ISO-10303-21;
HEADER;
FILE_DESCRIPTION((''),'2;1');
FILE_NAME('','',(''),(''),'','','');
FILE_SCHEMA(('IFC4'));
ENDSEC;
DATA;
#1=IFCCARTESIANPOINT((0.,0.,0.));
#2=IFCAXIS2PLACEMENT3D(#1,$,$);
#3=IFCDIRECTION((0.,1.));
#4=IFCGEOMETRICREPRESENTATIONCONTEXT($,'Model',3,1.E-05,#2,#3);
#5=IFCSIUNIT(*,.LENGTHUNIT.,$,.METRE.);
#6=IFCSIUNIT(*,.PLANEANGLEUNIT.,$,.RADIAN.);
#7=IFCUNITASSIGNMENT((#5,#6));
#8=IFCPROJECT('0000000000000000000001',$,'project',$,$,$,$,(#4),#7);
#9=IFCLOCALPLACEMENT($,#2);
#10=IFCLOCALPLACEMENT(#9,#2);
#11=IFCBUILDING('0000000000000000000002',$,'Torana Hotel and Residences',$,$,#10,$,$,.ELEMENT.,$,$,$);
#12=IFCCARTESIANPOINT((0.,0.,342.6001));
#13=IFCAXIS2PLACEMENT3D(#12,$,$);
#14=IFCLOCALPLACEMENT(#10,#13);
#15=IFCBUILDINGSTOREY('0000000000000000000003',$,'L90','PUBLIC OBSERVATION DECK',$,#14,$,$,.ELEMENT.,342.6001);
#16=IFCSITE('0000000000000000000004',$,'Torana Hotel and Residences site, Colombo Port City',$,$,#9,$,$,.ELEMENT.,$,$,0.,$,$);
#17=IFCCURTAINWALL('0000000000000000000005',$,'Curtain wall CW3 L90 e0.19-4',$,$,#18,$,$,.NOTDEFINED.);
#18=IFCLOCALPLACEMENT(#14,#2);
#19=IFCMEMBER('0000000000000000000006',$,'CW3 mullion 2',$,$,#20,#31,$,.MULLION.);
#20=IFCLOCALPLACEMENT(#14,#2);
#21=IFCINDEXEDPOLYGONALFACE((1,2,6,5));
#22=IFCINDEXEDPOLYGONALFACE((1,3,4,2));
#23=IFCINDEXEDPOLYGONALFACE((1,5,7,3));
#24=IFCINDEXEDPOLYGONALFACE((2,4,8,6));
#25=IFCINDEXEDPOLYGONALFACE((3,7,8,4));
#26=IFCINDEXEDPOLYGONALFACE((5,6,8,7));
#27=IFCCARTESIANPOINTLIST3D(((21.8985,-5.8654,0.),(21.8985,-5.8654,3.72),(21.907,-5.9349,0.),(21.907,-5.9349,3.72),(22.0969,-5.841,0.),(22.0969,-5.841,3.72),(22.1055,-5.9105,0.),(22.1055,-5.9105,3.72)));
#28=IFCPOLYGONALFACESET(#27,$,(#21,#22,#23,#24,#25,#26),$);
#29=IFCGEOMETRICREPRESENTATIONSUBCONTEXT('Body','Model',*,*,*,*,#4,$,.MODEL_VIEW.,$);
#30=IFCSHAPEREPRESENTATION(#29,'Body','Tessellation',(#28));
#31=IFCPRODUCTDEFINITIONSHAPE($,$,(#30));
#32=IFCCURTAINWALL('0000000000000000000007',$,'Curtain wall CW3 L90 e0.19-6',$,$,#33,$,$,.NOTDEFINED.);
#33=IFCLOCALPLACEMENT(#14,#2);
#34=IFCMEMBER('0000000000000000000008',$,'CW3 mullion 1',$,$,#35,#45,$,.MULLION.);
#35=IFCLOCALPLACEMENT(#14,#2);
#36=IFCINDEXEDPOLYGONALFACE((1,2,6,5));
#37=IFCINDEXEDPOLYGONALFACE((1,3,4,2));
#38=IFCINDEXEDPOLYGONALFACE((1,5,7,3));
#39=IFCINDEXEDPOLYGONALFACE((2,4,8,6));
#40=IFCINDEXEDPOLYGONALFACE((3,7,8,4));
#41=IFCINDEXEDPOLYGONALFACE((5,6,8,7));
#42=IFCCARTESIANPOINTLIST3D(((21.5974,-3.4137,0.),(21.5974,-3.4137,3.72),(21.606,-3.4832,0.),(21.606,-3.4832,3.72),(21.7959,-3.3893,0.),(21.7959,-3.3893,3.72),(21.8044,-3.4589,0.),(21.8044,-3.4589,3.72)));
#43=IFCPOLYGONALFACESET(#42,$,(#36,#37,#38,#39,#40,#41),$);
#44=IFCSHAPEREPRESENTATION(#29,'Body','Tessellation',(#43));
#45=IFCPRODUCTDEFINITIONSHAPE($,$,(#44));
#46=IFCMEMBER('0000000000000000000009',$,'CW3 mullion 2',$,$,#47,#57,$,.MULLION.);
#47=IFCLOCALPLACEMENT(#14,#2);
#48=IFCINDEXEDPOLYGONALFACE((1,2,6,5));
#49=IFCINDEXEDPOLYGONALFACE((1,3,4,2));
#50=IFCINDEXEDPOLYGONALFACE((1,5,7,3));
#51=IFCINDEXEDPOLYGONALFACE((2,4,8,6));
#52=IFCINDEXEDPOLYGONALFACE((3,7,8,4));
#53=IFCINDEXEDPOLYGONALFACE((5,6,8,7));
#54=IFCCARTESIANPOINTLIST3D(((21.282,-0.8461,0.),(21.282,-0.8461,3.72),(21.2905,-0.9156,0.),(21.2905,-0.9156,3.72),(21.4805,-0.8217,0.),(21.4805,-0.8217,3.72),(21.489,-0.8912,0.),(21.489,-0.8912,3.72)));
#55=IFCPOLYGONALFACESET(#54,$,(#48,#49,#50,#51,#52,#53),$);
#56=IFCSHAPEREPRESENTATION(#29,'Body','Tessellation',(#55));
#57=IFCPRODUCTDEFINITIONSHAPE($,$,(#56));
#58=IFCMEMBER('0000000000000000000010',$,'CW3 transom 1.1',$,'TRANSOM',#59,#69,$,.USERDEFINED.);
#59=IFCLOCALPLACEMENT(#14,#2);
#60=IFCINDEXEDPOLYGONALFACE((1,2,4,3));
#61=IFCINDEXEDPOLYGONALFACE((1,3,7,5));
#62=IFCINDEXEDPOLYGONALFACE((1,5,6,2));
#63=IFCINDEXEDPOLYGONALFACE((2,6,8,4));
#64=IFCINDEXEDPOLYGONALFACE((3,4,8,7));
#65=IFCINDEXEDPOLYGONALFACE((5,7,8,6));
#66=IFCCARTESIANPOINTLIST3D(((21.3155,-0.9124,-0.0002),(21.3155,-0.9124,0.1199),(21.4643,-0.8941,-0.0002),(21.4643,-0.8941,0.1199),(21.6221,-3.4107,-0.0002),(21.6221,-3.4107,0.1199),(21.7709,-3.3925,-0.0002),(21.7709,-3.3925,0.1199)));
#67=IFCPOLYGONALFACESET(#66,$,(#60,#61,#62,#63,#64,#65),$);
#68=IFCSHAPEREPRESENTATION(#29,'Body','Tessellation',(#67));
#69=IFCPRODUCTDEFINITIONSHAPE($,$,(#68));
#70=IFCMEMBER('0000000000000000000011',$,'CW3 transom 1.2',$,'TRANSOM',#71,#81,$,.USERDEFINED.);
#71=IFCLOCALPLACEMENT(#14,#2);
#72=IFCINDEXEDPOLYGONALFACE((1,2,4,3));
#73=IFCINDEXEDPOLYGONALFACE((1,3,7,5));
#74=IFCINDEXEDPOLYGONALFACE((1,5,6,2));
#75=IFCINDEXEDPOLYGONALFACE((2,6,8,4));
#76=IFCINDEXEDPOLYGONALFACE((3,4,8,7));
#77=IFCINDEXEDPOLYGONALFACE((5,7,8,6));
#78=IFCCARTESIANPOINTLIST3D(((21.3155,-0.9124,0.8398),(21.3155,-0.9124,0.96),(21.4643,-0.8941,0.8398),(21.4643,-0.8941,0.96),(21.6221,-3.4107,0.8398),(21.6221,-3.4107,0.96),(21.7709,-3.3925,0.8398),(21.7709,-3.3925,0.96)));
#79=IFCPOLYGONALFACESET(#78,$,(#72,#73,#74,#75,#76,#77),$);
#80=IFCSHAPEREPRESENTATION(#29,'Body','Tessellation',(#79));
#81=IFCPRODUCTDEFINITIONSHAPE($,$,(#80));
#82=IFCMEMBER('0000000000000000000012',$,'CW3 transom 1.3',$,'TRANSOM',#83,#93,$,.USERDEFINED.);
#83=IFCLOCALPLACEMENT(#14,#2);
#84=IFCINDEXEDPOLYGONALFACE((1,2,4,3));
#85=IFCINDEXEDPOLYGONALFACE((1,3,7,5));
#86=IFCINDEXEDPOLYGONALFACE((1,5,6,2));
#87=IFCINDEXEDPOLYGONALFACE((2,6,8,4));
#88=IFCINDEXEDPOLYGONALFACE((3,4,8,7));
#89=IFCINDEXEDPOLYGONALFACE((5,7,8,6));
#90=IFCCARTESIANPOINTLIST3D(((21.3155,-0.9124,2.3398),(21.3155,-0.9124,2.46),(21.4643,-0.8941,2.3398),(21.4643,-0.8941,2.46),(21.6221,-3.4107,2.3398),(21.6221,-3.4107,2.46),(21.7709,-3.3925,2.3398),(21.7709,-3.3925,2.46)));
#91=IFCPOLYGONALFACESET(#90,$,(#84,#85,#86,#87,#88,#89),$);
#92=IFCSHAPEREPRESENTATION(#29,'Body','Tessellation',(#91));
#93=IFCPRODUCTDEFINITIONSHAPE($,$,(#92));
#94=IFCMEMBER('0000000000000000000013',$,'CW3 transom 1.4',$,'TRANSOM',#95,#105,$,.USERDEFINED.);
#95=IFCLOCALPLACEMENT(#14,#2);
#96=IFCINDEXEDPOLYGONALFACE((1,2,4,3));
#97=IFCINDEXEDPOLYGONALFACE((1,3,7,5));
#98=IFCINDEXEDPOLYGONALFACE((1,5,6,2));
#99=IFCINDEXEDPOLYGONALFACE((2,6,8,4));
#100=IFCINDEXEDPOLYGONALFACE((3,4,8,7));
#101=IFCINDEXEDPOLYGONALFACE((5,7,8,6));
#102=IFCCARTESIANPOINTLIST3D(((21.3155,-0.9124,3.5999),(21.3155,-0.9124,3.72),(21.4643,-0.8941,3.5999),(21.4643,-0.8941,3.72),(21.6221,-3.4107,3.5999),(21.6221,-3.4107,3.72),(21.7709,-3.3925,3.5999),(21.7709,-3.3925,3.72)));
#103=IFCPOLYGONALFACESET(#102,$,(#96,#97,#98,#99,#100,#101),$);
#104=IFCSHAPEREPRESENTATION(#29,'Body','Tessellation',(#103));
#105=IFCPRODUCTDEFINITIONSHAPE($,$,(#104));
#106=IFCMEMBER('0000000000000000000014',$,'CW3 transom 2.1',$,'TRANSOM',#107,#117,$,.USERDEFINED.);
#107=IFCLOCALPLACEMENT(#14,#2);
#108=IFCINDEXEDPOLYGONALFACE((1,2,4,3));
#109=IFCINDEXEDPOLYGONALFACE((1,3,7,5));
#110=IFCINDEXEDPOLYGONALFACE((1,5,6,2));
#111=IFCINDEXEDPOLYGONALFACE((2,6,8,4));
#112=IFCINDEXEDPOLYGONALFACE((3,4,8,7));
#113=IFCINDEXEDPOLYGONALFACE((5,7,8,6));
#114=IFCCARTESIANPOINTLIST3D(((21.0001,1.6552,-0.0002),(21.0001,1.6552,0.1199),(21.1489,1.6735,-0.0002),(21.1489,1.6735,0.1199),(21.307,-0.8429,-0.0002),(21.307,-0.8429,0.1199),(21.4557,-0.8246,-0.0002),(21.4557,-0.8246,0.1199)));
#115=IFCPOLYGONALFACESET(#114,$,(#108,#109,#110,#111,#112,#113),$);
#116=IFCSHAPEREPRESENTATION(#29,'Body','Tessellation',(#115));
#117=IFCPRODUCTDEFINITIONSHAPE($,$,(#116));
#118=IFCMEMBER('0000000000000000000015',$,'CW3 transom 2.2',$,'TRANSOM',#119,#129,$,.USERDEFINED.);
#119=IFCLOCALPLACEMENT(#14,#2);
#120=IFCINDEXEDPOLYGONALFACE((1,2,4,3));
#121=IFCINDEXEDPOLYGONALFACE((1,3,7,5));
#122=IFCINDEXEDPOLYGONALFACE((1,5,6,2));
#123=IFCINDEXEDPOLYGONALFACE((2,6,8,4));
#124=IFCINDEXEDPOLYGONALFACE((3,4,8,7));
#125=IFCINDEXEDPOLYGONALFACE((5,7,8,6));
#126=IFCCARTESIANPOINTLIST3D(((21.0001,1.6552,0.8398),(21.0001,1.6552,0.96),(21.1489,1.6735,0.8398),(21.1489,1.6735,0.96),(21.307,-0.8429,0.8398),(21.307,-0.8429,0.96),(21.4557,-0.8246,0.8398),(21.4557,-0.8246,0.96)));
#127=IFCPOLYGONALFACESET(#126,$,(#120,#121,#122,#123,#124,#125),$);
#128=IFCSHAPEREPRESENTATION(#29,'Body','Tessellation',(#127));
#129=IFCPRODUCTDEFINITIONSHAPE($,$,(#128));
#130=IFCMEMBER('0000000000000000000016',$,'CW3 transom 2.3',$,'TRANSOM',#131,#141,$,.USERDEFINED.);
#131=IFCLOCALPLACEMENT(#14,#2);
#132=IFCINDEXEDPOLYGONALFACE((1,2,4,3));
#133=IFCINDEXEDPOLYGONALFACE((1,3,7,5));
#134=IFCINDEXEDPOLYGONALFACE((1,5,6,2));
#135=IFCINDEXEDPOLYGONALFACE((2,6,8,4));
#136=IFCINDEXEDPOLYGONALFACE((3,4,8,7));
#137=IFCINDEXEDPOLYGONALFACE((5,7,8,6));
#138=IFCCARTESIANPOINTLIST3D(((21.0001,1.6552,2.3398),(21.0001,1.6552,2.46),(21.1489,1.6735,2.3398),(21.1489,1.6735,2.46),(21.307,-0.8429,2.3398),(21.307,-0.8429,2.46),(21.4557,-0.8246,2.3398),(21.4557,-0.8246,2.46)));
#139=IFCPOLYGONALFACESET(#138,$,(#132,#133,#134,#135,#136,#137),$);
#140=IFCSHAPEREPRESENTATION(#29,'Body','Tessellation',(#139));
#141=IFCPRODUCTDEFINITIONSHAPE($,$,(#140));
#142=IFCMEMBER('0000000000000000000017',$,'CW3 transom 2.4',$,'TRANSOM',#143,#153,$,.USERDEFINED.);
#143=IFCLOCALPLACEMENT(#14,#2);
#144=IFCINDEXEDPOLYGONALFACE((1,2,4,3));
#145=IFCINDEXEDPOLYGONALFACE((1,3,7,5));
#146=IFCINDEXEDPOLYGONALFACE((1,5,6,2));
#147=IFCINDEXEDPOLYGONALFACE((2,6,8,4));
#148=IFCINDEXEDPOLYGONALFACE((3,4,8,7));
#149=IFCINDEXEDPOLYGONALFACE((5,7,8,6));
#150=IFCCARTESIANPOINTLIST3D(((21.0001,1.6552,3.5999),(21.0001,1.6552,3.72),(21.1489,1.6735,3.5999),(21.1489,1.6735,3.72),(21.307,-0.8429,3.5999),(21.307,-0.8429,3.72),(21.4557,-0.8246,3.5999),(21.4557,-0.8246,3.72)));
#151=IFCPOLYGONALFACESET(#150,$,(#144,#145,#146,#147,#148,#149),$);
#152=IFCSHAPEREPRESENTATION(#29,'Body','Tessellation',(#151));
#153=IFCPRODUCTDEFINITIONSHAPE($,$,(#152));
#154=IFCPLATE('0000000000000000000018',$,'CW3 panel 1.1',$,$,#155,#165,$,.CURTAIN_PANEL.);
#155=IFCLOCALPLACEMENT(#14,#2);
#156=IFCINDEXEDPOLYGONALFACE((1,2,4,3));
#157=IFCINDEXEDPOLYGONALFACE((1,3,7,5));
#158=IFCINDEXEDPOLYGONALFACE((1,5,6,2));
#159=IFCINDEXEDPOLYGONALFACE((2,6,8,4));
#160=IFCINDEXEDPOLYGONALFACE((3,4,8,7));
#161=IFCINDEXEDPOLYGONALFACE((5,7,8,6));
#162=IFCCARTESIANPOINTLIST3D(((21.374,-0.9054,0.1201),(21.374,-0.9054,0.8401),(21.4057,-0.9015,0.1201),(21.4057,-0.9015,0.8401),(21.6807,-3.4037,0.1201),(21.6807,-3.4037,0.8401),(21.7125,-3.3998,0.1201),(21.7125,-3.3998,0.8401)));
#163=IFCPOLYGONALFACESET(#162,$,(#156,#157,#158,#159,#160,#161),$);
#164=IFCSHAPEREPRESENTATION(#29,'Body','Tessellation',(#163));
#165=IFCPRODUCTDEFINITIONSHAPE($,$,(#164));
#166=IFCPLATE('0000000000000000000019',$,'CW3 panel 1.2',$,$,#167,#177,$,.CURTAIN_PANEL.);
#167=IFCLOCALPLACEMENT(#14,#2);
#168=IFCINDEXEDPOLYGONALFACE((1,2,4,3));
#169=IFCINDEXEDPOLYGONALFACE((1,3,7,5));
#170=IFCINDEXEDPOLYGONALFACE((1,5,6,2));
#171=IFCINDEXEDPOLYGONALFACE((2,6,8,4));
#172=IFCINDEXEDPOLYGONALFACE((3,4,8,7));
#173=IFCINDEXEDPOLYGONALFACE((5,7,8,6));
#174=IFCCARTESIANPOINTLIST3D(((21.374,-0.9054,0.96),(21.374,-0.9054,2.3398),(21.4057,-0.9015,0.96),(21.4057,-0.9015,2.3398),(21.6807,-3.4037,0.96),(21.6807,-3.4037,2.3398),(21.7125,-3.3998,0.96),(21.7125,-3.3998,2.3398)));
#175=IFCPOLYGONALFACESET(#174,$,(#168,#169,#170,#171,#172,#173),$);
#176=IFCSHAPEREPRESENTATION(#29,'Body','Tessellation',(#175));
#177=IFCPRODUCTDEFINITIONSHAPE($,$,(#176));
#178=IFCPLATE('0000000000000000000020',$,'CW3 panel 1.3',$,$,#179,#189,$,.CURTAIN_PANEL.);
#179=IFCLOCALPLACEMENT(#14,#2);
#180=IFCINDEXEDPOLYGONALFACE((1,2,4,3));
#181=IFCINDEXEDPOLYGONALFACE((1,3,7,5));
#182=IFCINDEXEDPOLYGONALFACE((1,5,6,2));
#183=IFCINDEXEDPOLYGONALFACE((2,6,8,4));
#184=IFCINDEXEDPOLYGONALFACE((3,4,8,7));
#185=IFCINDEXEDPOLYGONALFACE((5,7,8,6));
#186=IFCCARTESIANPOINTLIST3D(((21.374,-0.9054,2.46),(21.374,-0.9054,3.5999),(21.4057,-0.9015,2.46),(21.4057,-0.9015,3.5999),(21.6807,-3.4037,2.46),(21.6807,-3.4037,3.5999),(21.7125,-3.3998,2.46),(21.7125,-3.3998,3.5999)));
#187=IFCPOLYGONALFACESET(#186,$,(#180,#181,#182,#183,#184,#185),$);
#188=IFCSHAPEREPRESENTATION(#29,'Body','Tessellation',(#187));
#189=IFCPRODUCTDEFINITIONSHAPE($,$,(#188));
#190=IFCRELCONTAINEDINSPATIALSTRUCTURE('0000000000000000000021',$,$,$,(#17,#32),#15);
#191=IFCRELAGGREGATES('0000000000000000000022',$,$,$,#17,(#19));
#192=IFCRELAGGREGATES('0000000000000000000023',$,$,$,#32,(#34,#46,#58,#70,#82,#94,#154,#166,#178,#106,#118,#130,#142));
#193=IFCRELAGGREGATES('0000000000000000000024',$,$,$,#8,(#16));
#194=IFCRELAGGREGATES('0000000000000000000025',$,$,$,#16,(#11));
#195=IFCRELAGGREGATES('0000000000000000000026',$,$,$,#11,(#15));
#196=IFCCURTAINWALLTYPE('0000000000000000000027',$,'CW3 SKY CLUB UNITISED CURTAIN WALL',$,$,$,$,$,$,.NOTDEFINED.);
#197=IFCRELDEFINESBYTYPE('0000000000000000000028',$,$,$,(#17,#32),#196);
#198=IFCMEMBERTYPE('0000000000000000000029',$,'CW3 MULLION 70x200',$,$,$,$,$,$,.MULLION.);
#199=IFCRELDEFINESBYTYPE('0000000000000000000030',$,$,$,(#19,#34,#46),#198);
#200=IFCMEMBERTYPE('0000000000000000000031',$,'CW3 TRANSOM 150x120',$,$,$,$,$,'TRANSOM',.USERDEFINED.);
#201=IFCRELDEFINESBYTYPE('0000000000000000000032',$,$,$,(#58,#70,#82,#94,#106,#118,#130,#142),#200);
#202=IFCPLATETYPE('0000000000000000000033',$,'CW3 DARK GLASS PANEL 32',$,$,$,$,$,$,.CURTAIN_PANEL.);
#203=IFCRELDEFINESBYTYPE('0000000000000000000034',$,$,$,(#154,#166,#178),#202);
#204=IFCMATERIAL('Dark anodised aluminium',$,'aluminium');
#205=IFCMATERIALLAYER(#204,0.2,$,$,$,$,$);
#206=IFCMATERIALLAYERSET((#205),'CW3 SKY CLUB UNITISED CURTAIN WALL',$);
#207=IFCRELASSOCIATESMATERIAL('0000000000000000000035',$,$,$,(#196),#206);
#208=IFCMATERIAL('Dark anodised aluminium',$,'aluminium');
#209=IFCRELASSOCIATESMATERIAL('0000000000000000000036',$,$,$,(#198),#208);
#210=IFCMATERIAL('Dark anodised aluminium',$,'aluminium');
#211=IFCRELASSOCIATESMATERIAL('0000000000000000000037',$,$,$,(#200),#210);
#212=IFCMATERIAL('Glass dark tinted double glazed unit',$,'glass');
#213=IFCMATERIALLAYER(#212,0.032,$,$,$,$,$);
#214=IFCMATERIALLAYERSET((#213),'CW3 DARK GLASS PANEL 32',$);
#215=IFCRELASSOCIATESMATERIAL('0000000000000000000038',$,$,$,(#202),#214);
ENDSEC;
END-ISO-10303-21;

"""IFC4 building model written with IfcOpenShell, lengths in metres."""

from ifc_helpers import new_model, si_unit, direction, frame, origin, origin_2d, place, context, subcontext, project, spatial, rectangle, extrude, material, layer, layer_set, material_profile, profile_set, type_object, element, aggregate, save


model = new_model("IFC4")

# Units and contexts
model_context = context("Model", 3, precision=1e-05, world=origin(), true_north=direction((0.0, 1.0)))
body_context = subcontext(model_context, "Body", "Model", "MODEL_VIEW")
ifc_project = project(units=[si_unit("LENGTHUNIT", "METRE"), si_unit("PLANEANGLEUNIT", "RADIAN")], contexts=[model_context])

# Site, building, storey
site_placement = place(None, origin())
site = spatial("IfcSite", under=ifc_project, at=site_placement, Name="Torana Hotel and Residences site, Colombo Port City", CompositionType="ELEMENT", RefElevation=0.0)
building_placement = place(site_placement, origin())
building = spatial("IfcBuilding", under=site, at=building_placement, Name="Torana Hotel and Residences", CompositionType="ELEMENT")
storey_placement = place(building_placement, frame((0.0, 0.0, 342.6001)))
storey = spatial("IfcBuildingStorey", under=building, at=storey_placement, Name="L90", Description="PUBLIC OBSERVATION DECK", CompositionType="ELEMENT", Elevation=342.6001)

# Curtain wall, member
ifc_material_1 = material(Name="Dark anodised aluminium", Category="aluminium")
ifc_layer_1 = layer(ifc_material_1, 0.2)
ifc_layer_set_1 = layer_set([ifc_layer_1], Name="CW3 SKY CLUB UNITISED CURTAIN WALL")
curtain_wall_type = type_object("IfcCurtainWallType", Name="CW3 SKY CLUB UNITISED CURTAIN WALL", PredefinedType="NOTDEFINED", material=ifc_layer_set_1)
curtain_wall_1_placement = place(storey_placement, origin())
curtain_wall_1 = element("IfcCurtainWall", 1, at=curtain_wall_1_placement, inside=storey, type_object=curtain_wall_type, Name="Curtain wall CW3 L90 e0.19-4", PredefinedType="NOTDEFINED")
ifc_material_2 = material(Name="Dark anodised aluminium", Category="aluminium")
ifc_material_profile_1 = material_profile(ifc_material_2, rectangle(XDim=0.2, YDim=0.0701, at=origin_2d()), Name="CW3 MULLION 70x200")
ifc_profile_set_1 = profile_set([ifc_material_profile_1], Name="Dark anodised aluminium")
member_type_1 = type_object("IfcMemberType", Name="CW3 MULLION 70x200", PredefinedType="MULLION", material=ifc_profile_set_1)
member_1_placement = place(storey_placement, frame((22.002, -5.8879, 0.0), z_axis=(0.0, 0.0, 1.0), x_axis=(-0.992544, -0.121885, 0.0)))
member_1 = element("IfcMember", 2, at=member_1_placement, type_object=member_type_1, Name="CW3 mullion 2", PredefinedType="MULLION", context=body_context, shape_type="SweptSolid", body=[
    extrude(rectangle(XDim=0.2, YDim=0.0701, at=origin_2d()), origin(), (0.0, 0.0, 1.0), 3.72),
])
aggregate(curtain_wall_1, [member_1])

# Curtain wall, members, plates
curtain_wall_2_placement = place(storey_placement, origin())
curtain_wall_2 = element("IfcCurtainWall", 3, at=curtain_wall_2_placement, inside=storey, type_object=curtain_wall_type, Name="Curtain wall CW3 L90 e0.19-6", PredefinedType="NOTDEFINED")
member_2_placement = place(storey_placement, frame((21.7009, -3.4363, 0.0), z_axis=(0.0, 0.0, 1.0), x_axis=(-0.992546, -0.121871, 0.0)))
member_2 = element("IfcMember", 4, at=member_2_placement, type_object=member_type_1, Name="CW3 mullion 1", PredefinedType="MULLION", context=body_context, shape_type="SweptSolid", body=[
    extrude(rectangle(XDim=0.2, YDim=0.0701, at=origin_2d()), origin(), (0.0, 0.0, 1.0), 3.72),
])
member_3_placement = place(storey_placement, frame((21.3855, -0.8687, 0.0), z_axis=(0.0, 0.0, 1.0), x_axis=(-0.992546, -0.121871, 0.0)))
member_3 = element("IfcMember", 5, at=member_3_placement, type_object=member_type_1, Name="CW3 mullion 2", PredefinedType="MULLION", context=body_context, shape_type="SweptSolid", body=[
    extrude(rectangle(XDim=0.2, YDim=0.0701, at=origin_2d()), origin(), (0.0, 0.0, 1.0), 3.72),
])
ifc_material_3 = material(Name="Dark anodised aluminium", Category="aluminium")
ifc_material_profile_2 = material_profile(ifc_material_3, rectangle(XDim=0.1499, YDim=0.1201, at=origin_2d()), Name="CW3 TRANSOM 150x120")
ifc_profile_set_2 = profile_set([ifc_material_profile_2], Name="Dark anodised aluminium")
member_type_2 = type_object("IfcMemberType", Name="CW3 TRANSOM 150x120", ElementType="TRANSOM", PredefinedType="USERDEFINED", material=ifc_profile_set_2)
member_4_placement = place(storey_placement, frame((21.6965, -3.4016, 0.0598), z_axis=(-0.121826, 0.992551, 0.0), x_axis=(-0.992551, -0.121826, 0.0)))
member_4 = element("IfcMember", 6, at=member_4_placement, type_object=member_type_2, Name="CW3 transom 1.1", ObjectType="TRANSOM", PredefinedType="USERDEFINED", context=body_context, shape_type="SweptSolid", body=[
    extrude(rectangle(XDim=0.1499, YDim=0.1201, at=origin_2d()), origin(), (0.0, 0.0, 1.0), 2.5171),
])
member_5_placement = place(storey_placement, frame((21.6965, -3.4016, 0.8999), z_axis=(-0.121826, 0.992551, 0.0), x_axis=(-0.992551, -0.121826, 0.0)))
member_5 = element("IfcMember", 7, at=member_5_placement, type_object=member_type_2, Name="CW3 transom 1.2", ObjectType="TRANSOM", PredefinedType="USERDEFINED", context=body_context, shape_type="SweptSolid", body=[
    extrude(rectangle(XDim=0.1499, YDim=0.1201, at=origin_2d()), origin(), (0.0, 0.0, 1.0), 2.5171),
])
member_6_placement = place(storey_placement, frame((21.6965, -3.4016, 2.3999), z_axis=(-0.121826, 0.992551, 0.0), x_axis=(-0.992551, -0.121826, 0.0)))
member_6 = element("IfcMember", 8, at=member_6_placement, type_object=member_type_2, Name="CW3 transom 1.3", ObjectType="TRANSOM", PredefinedType="USERDEFINED", context=body_context, shape_type="SweptSolid", body=[
    extrude(rectangle(XDim=0.1499, YDim=0.1201, at=origin_2d()), origin(), (0.0, 0.0, 1.0), 2.5171),
])
member_7_placement = place(storey_placement, frame((21.6965, -3.4016, 3.6599), z_axis=(-0.121826, 0.992551, 0.0), x_axis=(-0.992551, -0.121826, 0.0)))
member_7 = element("IfcMember", 9, at=member_7_placement, type_object=member_type_2, Name="CW3 transom 1.4", ObjectType="TRANSOM", PredefinedType="USERDEFINED", context=body_context, shape_type="SweptSolid", body=[
    extrude(rectangle(XDim=0.1499, YDim=0.1201, at=origin_2d()), origin(), (0.0, 0.0, 1.0), 2.5171),
])
member_8_placement = place(storey_placement, frame((21.3813, -0.8337, 0.0598), z_axis=(-0.121933, 0.992538, 0.0), x_axis=(-0.992538, -0.121933, 0.0)))
member_8 = element("IfcMember", 10, at=member_8_placement, type_object=member_type_2, Name="CW3 transom 2.1", ObjectType="TRANSOM", PredefinedType="USERDEFINED", context=body_context, shape_type="SweptSolid", body=[
    extrude(rectangle(XDim=0.1499, YDim=0.1201, at=origin_2d()), origin(), (0.0, 0.0, 1.0), 2.5168),
])
member_9_placement = place(storey_placement, frame((21.3813, -0.8337, 0.8999), z_axis=(-0.121933, 0.992538, 0.0), x_axis=(-0.992538, -0.121933, 0.0)))
member_9 = element("IfcMember", 11, at=member_9_placement, type_object=member_type_2, Name="CW3 transom 2.2", ObjectType="TRANSOM", PredefinedType="USERDEFINED", context=body_context, shape_type="SweptSolid", body=[
    extrude(rectangle(XDim=0.1499, YDim=0.1201, at=origin_2d()), origin(), (0.0, 0.0, 1.0), 2.5168),
])
member_10_placement = place(storey_placement, frame((21.3813, -0.8337, 2.3999), z_axis=(-0.121933, 0.992538, 0.0), x_axis=(-0.992538, -0.121933, 0.0)))
member_10 = element("IfcMember", 12, at=member_10_placement, type_object=member_type_2, Name="CW3 transom 2.3", ObjectType="TRANSOM", PredefinedType="USERDEFINED", context=body_context, shape_type="SweptSolid", body=[
    extrude(rectangle(XDim=0.1499, YDim=0.1201, at=origin_2d()), origin(), (0.0, 0.0, 1.0), 2.5168),
])
member_11_placement = place(storey_placement, frame((21.3813, -0.8337, 3.6599), z_axis=(-0.121933, 0.992538, 0.0), x_axis=(-0.992538, -0.121933, 0.0)))
member_11 = element("IfcMember", 13, at=member_11_placement, type_object=member_type_2, Name="CW3 transom 2.4", ObjectType="TRANSOM", PredefinedType="USERDEFINED", context=body_context, shape_type="SweptSolid", body=[
    extrude(rectangle(XDim=0.1499, YDim=0.1201, at=origin_2d()), origin(), (0.0, 0.0, 1.0), 2.5168),
])
ifc_material_4 = material(Name="Glass dark tinted double glazed unit", Category="glass")
ifc_layer_2 = layer(ifc_material_4, 0.032)
ifc_layer_set_2 = layer_set([ifc_layer_2], Name="CW3 DARK GLASS PANEL 32")
plate_type = type_object("IfcPlateType", Name="CW3 DARK GLASS PANEL 32", PredefinedType="CURTAIN_PANEL", material=ifc_layer_set_2)
plate_1_placement = place(storey_placement, frame((21.5432, -2.1526, 0.1201), z_axis=(0.0, 0.0, 1.0), x_axis=(-0.121871, 0.992546, 0.0)))
plate_1 = element("IfcPlate", 14, at=plate_1_placement, type_object=plate_type, Name="CW3 panel 1.1", PredefinedType="CURTAIN_PANEL", context=body_context, shape_type="SweptSolid", body=[
    extrude(rectangle(XDim=2.5171, YDim=0.032, at=origin_2d()), origin(), (0.0, 0.0, 1.0), 0.72),
])
plate_2_placement = place(storey_placement, frame((21.5432, -2.1526, 0.96), z_axis=(0.0, 0.0, 1.0), x_axis=(-0.121871, 0.992546, 0.0)))
plate_2 = element("IfcPlate", 15, at=plate_2_placement, type_object=plate_type, Name="CW3 panel 1.2", PredefinedType="CURTAIN_PANEL", context=body_context, shape_type="SweptSolid", body=[
    extrude(rectangle(XDim=2.5171, YDim=0.032, at=origin_2d()), origin(), (0.0, 0.0, 1.0), 1.3799),
])
plate_3_placement = place(storey_placement, frame((21.5432, -2.1526, 2.46), z_axis=(0.0, 0.0, 1.0), x_axis=(-0.121871, 0.992546, 0.0)))
plate_3 = element("IfcPlate", 16, at=plate_3_placement, type_object=plate_type, Name="CW3 panel 1.3", PredefinedType="CURTAIN_PANEL", context=body_context, shape_type="SweptSolid", body=[
    extrude(rectangle(XDim=2.5171, YDim=0.032, at=origin_2d()), origin(), (0.0, 0.0, 1.0), 1.1399),
])
aggregate(curtain_wall_2, [member_2, member_3, member_4, member_5, member_6, member_7, plate_1, plate_2, plate_3, member_8, member_9, member_10, member_11])

save(model, "model.ifc")
